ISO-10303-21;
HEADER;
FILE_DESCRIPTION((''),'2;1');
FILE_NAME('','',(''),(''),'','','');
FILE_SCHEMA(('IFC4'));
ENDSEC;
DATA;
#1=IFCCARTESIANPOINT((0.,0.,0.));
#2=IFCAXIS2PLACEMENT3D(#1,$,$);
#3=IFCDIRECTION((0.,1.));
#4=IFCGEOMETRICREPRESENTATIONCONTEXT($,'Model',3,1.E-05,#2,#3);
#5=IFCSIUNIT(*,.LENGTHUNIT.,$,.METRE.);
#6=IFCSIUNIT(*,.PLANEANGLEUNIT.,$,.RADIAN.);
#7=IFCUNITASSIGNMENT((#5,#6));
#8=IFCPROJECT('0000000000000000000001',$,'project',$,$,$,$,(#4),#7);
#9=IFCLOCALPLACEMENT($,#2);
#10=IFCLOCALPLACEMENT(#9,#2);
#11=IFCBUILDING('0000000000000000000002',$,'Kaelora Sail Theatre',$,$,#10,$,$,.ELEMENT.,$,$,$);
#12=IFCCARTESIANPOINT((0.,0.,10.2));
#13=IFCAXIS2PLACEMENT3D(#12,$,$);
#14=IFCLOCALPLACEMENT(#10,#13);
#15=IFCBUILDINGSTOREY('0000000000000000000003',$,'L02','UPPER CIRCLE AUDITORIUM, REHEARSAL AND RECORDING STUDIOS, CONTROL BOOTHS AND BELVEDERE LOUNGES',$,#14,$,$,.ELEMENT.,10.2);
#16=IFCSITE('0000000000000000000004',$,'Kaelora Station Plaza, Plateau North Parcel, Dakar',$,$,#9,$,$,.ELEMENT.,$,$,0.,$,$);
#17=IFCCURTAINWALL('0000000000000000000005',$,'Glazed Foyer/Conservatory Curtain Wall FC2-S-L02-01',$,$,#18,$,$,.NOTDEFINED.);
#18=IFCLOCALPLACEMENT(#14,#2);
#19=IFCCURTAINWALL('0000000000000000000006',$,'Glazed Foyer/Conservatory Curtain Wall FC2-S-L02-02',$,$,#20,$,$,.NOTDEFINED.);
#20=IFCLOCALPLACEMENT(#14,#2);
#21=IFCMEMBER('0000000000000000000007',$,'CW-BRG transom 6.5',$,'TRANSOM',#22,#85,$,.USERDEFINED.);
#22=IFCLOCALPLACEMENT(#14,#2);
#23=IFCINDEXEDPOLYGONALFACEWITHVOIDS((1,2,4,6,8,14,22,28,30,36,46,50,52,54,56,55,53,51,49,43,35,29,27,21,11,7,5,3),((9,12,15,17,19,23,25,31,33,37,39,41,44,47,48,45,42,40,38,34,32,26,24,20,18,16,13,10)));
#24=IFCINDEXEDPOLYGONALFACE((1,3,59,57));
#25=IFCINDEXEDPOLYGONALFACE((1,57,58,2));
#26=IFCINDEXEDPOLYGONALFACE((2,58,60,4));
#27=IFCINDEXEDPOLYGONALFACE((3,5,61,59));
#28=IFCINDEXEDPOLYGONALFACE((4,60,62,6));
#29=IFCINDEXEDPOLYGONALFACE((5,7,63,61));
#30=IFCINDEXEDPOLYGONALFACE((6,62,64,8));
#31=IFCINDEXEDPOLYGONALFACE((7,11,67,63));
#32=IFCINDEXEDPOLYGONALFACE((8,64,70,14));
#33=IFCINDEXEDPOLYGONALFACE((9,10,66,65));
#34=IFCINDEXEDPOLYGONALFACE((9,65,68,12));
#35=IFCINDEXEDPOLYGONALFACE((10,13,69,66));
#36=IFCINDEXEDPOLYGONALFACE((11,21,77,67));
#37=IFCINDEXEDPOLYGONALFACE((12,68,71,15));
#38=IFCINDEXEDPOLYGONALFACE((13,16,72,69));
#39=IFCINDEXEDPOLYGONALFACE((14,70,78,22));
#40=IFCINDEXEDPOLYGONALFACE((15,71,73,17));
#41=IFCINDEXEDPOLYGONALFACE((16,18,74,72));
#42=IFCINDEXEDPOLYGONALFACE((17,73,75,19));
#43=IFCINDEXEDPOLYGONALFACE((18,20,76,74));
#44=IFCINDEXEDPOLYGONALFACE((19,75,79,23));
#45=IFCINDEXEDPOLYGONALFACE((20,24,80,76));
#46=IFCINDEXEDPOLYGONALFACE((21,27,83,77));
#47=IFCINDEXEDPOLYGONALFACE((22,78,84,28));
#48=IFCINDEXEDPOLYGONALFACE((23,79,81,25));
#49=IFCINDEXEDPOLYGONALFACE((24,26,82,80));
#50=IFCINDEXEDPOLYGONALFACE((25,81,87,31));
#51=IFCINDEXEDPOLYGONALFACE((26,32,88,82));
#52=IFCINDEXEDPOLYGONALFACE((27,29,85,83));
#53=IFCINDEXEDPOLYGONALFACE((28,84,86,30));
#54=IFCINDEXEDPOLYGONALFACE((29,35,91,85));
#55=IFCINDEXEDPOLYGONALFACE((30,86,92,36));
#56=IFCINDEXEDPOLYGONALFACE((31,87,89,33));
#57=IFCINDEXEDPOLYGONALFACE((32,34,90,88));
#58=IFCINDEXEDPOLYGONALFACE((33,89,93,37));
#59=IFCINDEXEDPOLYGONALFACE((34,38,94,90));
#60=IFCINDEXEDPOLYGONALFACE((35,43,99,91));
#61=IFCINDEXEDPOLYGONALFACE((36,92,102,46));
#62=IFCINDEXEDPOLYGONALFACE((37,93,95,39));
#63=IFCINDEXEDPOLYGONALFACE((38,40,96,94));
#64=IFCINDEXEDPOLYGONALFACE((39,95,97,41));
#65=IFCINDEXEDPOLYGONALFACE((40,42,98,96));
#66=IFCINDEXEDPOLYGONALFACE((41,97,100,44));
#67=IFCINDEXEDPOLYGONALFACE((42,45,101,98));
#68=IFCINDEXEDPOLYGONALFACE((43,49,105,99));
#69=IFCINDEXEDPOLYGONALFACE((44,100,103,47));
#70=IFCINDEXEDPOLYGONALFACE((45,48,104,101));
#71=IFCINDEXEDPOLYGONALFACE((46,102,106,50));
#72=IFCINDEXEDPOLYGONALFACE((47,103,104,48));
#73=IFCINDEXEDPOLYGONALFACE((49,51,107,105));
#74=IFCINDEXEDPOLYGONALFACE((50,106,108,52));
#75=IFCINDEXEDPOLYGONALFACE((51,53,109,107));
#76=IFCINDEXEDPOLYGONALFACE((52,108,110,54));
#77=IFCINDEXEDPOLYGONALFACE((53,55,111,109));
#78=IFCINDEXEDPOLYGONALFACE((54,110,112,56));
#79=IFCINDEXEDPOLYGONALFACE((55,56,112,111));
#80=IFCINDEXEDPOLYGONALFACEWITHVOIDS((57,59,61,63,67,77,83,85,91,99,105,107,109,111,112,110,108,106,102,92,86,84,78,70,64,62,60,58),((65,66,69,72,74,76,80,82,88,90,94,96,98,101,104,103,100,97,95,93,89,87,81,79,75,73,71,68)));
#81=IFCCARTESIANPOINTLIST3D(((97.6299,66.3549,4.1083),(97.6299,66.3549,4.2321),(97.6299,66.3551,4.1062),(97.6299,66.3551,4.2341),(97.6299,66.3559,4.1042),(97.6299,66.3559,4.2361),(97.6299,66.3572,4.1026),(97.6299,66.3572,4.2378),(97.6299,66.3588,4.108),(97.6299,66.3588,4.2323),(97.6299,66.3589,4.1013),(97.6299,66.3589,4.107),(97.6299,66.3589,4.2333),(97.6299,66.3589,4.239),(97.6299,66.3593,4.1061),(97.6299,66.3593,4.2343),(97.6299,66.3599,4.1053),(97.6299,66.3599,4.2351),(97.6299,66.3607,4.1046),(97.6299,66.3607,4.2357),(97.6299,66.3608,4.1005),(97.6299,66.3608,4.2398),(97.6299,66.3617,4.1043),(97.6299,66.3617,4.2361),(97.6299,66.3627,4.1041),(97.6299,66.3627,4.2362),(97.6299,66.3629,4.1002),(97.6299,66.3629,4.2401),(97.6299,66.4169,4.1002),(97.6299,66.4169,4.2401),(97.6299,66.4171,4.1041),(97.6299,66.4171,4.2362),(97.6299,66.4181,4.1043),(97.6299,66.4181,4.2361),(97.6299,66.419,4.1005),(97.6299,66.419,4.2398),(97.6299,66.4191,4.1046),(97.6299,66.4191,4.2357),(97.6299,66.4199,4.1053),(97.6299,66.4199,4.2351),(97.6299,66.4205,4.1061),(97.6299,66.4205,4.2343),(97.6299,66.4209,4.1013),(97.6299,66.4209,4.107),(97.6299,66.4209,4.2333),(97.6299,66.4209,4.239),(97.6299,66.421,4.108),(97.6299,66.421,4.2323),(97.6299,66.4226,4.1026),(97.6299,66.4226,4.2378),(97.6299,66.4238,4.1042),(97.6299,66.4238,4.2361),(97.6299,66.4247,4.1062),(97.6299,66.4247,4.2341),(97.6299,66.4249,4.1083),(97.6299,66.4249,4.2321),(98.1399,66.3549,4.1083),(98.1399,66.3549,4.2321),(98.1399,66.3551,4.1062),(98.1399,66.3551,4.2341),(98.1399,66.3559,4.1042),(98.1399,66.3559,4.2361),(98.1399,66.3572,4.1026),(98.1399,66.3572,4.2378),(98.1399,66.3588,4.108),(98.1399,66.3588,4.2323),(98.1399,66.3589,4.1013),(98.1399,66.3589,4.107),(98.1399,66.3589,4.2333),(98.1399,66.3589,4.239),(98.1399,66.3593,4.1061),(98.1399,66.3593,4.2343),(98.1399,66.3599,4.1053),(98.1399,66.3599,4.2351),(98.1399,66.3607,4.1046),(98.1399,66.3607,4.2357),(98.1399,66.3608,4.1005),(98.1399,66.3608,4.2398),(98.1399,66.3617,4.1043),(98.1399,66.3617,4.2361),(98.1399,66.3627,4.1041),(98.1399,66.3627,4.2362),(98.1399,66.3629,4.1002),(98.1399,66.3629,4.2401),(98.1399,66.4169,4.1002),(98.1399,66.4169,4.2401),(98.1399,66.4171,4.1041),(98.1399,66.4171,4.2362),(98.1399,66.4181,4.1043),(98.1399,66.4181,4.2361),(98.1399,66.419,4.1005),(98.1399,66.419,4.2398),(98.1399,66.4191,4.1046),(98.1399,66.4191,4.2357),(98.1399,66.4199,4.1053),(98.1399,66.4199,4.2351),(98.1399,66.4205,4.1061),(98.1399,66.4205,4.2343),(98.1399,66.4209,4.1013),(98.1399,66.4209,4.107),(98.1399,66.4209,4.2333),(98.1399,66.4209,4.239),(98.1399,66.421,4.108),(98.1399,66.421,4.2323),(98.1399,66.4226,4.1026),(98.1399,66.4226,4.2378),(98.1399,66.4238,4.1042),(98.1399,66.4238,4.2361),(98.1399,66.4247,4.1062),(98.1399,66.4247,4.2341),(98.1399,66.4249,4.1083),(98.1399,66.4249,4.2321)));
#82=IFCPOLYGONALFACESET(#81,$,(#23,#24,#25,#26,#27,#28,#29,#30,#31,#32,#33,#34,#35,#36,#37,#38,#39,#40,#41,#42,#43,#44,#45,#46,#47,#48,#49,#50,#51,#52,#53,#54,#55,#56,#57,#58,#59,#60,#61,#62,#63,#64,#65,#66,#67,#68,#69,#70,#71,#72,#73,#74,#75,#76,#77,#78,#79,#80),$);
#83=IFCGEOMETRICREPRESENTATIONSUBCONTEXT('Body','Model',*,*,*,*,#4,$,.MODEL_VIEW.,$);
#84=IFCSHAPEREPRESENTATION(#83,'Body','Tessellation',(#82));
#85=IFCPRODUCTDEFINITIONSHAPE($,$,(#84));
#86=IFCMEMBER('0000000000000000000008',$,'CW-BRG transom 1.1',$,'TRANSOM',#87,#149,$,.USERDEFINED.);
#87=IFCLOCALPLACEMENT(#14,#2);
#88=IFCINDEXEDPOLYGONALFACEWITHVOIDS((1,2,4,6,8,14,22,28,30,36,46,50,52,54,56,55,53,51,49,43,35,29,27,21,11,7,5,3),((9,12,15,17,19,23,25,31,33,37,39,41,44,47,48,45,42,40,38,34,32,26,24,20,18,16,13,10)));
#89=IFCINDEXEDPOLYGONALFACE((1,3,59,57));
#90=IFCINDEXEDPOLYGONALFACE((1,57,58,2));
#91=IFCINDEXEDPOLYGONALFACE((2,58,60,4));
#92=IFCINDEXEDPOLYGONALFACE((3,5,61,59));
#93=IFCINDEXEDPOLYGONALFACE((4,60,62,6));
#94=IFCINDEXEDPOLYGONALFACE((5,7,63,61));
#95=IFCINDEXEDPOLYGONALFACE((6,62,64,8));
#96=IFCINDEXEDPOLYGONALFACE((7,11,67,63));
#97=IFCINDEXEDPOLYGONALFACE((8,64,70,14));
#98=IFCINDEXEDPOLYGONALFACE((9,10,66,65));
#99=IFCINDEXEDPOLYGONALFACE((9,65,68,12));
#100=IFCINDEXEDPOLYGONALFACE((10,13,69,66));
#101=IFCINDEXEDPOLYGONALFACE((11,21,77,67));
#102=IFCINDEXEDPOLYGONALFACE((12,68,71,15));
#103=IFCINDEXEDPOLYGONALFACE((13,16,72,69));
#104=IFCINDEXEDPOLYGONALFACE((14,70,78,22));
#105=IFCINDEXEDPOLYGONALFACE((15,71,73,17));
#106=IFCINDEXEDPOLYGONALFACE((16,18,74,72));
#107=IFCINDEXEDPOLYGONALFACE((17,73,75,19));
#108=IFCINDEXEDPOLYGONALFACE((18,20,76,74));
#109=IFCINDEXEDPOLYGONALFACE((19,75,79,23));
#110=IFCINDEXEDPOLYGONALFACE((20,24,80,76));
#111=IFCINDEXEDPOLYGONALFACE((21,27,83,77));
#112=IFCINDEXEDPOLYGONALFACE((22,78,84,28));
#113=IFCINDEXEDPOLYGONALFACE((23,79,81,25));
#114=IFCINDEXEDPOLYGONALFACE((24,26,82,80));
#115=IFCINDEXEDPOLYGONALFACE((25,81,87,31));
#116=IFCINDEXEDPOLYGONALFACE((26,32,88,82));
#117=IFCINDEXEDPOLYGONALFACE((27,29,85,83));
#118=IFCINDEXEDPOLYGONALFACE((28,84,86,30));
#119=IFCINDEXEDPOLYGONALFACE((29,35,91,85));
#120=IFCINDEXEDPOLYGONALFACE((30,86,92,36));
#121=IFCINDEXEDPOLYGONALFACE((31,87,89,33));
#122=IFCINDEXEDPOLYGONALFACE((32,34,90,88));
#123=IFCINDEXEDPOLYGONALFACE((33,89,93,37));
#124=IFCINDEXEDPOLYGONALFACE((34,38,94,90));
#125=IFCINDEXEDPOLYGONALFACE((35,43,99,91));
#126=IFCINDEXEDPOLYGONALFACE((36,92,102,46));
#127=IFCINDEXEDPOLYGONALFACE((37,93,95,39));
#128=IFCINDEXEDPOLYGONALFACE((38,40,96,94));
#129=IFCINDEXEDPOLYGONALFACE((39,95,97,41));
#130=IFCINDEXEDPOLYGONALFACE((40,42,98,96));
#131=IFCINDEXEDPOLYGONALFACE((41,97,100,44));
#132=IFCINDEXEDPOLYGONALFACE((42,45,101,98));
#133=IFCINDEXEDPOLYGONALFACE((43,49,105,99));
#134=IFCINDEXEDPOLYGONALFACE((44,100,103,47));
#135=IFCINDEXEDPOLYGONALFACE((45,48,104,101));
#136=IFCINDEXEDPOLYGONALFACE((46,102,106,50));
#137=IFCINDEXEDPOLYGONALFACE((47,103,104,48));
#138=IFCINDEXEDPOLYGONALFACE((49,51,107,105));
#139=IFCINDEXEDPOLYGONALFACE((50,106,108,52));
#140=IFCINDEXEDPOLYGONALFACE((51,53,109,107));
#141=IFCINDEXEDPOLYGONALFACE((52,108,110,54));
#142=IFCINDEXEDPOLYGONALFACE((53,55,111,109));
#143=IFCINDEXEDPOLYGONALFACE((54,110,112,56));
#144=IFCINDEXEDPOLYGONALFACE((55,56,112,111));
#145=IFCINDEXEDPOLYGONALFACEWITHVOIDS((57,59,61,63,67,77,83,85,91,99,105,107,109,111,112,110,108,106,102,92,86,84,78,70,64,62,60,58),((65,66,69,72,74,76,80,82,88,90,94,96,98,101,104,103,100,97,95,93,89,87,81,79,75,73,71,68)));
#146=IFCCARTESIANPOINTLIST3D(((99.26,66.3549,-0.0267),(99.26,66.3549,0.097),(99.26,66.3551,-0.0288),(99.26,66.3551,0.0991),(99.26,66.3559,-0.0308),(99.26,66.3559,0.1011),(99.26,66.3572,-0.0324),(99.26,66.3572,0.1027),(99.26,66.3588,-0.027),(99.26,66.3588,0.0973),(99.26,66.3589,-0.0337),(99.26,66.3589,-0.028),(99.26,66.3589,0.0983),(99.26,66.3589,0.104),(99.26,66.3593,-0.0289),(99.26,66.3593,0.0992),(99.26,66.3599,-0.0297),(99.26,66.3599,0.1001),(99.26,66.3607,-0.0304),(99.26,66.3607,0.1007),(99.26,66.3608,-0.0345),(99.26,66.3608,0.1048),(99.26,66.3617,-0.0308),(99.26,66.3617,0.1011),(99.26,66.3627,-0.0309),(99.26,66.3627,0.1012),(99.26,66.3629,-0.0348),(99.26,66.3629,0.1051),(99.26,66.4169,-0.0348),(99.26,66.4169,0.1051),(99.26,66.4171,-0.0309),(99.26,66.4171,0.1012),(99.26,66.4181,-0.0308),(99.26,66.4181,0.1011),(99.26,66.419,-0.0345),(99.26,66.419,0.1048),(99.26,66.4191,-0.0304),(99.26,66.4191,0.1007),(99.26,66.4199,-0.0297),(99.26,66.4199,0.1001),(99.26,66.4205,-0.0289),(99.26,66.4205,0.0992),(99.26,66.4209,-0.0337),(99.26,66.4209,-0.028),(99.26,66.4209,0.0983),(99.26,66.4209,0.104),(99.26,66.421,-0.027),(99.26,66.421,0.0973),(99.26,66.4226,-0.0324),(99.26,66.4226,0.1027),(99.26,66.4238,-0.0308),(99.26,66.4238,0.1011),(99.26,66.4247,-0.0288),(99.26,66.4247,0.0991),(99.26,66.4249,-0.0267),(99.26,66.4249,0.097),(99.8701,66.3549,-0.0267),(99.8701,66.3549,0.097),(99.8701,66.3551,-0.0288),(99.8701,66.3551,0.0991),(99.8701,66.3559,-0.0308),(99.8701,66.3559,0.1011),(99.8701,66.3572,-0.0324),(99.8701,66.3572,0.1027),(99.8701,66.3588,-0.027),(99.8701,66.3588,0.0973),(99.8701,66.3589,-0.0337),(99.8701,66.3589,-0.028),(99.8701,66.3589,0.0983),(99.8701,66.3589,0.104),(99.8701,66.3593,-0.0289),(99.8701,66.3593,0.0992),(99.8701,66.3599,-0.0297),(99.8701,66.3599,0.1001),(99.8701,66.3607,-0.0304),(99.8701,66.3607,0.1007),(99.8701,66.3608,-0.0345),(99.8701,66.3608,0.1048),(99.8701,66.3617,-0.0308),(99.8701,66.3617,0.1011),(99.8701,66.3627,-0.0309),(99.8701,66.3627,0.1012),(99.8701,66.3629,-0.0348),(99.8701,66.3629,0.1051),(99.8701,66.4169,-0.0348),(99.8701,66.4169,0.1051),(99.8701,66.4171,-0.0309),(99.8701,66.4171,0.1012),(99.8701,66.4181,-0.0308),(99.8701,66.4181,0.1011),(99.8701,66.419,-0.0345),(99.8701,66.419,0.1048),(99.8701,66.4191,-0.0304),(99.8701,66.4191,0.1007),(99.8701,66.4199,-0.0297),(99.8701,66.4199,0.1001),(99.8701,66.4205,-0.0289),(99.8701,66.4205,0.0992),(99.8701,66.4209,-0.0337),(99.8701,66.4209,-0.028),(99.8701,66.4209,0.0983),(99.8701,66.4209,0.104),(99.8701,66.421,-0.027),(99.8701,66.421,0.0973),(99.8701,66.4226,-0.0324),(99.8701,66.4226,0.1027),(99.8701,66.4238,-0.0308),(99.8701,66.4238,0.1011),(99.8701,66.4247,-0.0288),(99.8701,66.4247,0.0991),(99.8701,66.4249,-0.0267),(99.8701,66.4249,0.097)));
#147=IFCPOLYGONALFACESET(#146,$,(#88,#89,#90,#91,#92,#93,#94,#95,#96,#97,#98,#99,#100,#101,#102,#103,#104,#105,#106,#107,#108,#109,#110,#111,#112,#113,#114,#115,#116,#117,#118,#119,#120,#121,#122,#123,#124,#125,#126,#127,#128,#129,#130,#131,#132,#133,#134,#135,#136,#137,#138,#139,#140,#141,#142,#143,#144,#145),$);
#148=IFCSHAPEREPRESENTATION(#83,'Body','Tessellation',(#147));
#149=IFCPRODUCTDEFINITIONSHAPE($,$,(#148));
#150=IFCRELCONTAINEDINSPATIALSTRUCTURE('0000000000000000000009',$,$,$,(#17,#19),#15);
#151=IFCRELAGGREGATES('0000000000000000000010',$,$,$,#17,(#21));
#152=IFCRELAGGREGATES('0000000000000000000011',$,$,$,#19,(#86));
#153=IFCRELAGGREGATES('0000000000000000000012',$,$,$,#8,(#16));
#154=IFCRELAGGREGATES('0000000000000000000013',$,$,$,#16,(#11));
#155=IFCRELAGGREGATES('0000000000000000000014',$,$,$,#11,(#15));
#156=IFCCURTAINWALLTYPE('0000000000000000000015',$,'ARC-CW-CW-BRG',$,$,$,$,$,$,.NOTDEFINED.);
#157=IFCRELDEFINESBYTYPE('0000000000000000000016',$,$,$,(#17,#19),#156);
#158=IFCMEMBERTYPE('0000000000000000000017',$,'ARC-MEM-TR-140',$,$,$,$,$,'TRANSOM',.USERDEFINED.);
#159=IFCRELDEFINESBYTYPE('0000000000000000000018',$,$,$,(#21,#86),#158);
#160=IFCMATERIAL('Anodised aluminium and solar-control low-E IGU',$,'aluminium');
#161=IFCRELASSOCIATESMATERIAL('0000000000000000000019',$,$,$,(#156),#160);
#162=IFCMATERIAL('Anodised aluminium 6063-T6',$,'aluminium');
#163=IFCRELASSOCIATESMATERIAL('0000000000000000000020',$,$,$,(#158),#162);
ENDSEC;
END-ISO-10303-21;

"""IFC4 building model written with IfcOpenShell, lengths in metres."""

from ifc_helpers import new_model, si_unit, direction, frame, origin, origin_2d, place, context, subcontext, project, spatial, hollow_rectangle, extrude, material, material_profile, profile_set, type_object, element, aggregate, save


model = new_model("IFC4")

# Units and contexts
model_context = context("Model", 3, precision=1e-05, world=origin(), true_north=direction((0.0, 1.0)))
body_context = subcontext(model_context, "Body", "Model", "MODEL_VIEW")
ifc_project = project(units=[si_unit("LENGTHUNIT", "METRE"), si_unit("PLANEANGLEUNIT", "RADIAN")], contexts=[model_context])

# Site, building, storey
site_placement = place(None, origin())
site = spatial("IfcSite", under=ifc_project, at=site_placement, Name="Kaelora Station Plaza, Plateau North Parcel, Dakar", CompositionType="ELEMENT", RefElevation=0.0)
building_placement = place(site_placement, origin())
building = spatial("IfcBuilding", under=site, at=building_placement, Name="Kaelora Sail Theatre", CompositionType="ELEMENT")
storey_placement = place(building_placement, frame((0.0, 0.0, 10.2)))
storey = spatial("IfcBuildingStorey", under=building, at=storey_placement, Name="L02", Description="UPPER CIRCLE AUDITORIUM, REHEARSAL AND RECORDING STUDIOS, CONTROL BOOTHS AND BELVEDERE LOUNGES", CompositionType="ELEMENT", Elevation=10.2)

# Curtain walls
ifc_material_1 = material(Name="Anodised aluminium and solar-control low-E IGU", Category="aluminium")
curtain_wall_type = type_object("IfcCurtainWallType", Name="ARC-CW-CW-BRG", PredefinedType="NOTDEFINED", material=ifc_material_1)
curtain_wall_1_placement = place(storey_placement, origin())
curtain_wall_1 = element("IfcCurtainWall", 1, at=curtain_wall_1_placement, inside=storey, type_object=curtain_wall_type, Name="Glazed Foyer/Conservatory Curtain Wall FC2-S-L02-01", PredefinedType="NOTDEFINED")
curtain_wall_2_placement = place(storey_placement, origin())
curtain_wall_2 = element("IfcCurtainWall", 2, at=curtain_wall_2_placement, inside=storey, type_object=curtain_wall_type, Name="Glazed Foyer/Conservatory Curtain Wall FC2-S-L02-02", PredefinedType="NOTDEFINED")

# Members
ifc_material_2 = material(Name="Anodised aluminium 6063-T6", Category="aluminium")
ifc_material_profile_1 = material_profile(ifc_material_2, hollow_rectangle(XDim=0.0701, YDim=0.1399, WallThickness=0.0039, InnerFilletRadius=0.0039, OuterFilletRadius=0.0081, at=origin_2d()), Name="ALU-TRAN 70x140x4")
ifc_profile_set_1 = profile_set([ifc_material_profile_1], Name="Anodised aluminium 6063-T6")
member_type_1 = type_object("IfcMemberType", Name="ARC-MEM-TR-140", ElementType="TRANSOM", PredefinedType="USERDEFINED", material=ifc_profile_set_1)
member_1_placement = place(storey_placement, frame((97.6299, 66.3899, 4.1702), z_axis=(1.0, 0.0, 0.0), x_axis=(0.0, 1.0, 0.0)))
member_1 = element("IfcMember", 3, at=member_1_placement, type_object=member_type_1, Name="CW-BRG transom 6.5", ObjectType="TRANSOM", PredefinedType="USERDEFINED", context=body_context, shape_type="SweptSolid", body=[
    extrude(hollow_rectangle(XDim=0.0701, YDim=0.1399, WallThickness=0.0039, InnerFilletRadius=0.0039, OuterFilletRadius=0.0081, at=origin_2d()), origin(), (0.0, 0.0, 1.0), 0.51),
])
member_2_placement = place(storey_placement, frame((99.26, 66.3899, 0.0352), z_axis=(1.0, 0.0, 0.0), x_axis=(0.0, 1.0, 0.0)))
member_2 = element("IfcMember", 4, at=member_2_placement, type_object=member_type_1, Name="CW-BRG transom 1.1", ObjectType="TRANSOM", PredefinedType="USERDEFINED", context=body_context, shape_type="SweptSolid", body=[
    extrude(hollow_rectangle(XDim=0.0701, YDim=0.1399, WallThickness=0.0039, InnerFilletRadius=0.0039, OuterFilletRadius=0.0081, at=origin_2d()), origin(), (0.0, 0.0, 1.0), 0.6101),
])

aggregate(curtain_wall_1, [member_1])
aggregate(curtain_wall_2, [member_2])

save(model, "model.ifc")
